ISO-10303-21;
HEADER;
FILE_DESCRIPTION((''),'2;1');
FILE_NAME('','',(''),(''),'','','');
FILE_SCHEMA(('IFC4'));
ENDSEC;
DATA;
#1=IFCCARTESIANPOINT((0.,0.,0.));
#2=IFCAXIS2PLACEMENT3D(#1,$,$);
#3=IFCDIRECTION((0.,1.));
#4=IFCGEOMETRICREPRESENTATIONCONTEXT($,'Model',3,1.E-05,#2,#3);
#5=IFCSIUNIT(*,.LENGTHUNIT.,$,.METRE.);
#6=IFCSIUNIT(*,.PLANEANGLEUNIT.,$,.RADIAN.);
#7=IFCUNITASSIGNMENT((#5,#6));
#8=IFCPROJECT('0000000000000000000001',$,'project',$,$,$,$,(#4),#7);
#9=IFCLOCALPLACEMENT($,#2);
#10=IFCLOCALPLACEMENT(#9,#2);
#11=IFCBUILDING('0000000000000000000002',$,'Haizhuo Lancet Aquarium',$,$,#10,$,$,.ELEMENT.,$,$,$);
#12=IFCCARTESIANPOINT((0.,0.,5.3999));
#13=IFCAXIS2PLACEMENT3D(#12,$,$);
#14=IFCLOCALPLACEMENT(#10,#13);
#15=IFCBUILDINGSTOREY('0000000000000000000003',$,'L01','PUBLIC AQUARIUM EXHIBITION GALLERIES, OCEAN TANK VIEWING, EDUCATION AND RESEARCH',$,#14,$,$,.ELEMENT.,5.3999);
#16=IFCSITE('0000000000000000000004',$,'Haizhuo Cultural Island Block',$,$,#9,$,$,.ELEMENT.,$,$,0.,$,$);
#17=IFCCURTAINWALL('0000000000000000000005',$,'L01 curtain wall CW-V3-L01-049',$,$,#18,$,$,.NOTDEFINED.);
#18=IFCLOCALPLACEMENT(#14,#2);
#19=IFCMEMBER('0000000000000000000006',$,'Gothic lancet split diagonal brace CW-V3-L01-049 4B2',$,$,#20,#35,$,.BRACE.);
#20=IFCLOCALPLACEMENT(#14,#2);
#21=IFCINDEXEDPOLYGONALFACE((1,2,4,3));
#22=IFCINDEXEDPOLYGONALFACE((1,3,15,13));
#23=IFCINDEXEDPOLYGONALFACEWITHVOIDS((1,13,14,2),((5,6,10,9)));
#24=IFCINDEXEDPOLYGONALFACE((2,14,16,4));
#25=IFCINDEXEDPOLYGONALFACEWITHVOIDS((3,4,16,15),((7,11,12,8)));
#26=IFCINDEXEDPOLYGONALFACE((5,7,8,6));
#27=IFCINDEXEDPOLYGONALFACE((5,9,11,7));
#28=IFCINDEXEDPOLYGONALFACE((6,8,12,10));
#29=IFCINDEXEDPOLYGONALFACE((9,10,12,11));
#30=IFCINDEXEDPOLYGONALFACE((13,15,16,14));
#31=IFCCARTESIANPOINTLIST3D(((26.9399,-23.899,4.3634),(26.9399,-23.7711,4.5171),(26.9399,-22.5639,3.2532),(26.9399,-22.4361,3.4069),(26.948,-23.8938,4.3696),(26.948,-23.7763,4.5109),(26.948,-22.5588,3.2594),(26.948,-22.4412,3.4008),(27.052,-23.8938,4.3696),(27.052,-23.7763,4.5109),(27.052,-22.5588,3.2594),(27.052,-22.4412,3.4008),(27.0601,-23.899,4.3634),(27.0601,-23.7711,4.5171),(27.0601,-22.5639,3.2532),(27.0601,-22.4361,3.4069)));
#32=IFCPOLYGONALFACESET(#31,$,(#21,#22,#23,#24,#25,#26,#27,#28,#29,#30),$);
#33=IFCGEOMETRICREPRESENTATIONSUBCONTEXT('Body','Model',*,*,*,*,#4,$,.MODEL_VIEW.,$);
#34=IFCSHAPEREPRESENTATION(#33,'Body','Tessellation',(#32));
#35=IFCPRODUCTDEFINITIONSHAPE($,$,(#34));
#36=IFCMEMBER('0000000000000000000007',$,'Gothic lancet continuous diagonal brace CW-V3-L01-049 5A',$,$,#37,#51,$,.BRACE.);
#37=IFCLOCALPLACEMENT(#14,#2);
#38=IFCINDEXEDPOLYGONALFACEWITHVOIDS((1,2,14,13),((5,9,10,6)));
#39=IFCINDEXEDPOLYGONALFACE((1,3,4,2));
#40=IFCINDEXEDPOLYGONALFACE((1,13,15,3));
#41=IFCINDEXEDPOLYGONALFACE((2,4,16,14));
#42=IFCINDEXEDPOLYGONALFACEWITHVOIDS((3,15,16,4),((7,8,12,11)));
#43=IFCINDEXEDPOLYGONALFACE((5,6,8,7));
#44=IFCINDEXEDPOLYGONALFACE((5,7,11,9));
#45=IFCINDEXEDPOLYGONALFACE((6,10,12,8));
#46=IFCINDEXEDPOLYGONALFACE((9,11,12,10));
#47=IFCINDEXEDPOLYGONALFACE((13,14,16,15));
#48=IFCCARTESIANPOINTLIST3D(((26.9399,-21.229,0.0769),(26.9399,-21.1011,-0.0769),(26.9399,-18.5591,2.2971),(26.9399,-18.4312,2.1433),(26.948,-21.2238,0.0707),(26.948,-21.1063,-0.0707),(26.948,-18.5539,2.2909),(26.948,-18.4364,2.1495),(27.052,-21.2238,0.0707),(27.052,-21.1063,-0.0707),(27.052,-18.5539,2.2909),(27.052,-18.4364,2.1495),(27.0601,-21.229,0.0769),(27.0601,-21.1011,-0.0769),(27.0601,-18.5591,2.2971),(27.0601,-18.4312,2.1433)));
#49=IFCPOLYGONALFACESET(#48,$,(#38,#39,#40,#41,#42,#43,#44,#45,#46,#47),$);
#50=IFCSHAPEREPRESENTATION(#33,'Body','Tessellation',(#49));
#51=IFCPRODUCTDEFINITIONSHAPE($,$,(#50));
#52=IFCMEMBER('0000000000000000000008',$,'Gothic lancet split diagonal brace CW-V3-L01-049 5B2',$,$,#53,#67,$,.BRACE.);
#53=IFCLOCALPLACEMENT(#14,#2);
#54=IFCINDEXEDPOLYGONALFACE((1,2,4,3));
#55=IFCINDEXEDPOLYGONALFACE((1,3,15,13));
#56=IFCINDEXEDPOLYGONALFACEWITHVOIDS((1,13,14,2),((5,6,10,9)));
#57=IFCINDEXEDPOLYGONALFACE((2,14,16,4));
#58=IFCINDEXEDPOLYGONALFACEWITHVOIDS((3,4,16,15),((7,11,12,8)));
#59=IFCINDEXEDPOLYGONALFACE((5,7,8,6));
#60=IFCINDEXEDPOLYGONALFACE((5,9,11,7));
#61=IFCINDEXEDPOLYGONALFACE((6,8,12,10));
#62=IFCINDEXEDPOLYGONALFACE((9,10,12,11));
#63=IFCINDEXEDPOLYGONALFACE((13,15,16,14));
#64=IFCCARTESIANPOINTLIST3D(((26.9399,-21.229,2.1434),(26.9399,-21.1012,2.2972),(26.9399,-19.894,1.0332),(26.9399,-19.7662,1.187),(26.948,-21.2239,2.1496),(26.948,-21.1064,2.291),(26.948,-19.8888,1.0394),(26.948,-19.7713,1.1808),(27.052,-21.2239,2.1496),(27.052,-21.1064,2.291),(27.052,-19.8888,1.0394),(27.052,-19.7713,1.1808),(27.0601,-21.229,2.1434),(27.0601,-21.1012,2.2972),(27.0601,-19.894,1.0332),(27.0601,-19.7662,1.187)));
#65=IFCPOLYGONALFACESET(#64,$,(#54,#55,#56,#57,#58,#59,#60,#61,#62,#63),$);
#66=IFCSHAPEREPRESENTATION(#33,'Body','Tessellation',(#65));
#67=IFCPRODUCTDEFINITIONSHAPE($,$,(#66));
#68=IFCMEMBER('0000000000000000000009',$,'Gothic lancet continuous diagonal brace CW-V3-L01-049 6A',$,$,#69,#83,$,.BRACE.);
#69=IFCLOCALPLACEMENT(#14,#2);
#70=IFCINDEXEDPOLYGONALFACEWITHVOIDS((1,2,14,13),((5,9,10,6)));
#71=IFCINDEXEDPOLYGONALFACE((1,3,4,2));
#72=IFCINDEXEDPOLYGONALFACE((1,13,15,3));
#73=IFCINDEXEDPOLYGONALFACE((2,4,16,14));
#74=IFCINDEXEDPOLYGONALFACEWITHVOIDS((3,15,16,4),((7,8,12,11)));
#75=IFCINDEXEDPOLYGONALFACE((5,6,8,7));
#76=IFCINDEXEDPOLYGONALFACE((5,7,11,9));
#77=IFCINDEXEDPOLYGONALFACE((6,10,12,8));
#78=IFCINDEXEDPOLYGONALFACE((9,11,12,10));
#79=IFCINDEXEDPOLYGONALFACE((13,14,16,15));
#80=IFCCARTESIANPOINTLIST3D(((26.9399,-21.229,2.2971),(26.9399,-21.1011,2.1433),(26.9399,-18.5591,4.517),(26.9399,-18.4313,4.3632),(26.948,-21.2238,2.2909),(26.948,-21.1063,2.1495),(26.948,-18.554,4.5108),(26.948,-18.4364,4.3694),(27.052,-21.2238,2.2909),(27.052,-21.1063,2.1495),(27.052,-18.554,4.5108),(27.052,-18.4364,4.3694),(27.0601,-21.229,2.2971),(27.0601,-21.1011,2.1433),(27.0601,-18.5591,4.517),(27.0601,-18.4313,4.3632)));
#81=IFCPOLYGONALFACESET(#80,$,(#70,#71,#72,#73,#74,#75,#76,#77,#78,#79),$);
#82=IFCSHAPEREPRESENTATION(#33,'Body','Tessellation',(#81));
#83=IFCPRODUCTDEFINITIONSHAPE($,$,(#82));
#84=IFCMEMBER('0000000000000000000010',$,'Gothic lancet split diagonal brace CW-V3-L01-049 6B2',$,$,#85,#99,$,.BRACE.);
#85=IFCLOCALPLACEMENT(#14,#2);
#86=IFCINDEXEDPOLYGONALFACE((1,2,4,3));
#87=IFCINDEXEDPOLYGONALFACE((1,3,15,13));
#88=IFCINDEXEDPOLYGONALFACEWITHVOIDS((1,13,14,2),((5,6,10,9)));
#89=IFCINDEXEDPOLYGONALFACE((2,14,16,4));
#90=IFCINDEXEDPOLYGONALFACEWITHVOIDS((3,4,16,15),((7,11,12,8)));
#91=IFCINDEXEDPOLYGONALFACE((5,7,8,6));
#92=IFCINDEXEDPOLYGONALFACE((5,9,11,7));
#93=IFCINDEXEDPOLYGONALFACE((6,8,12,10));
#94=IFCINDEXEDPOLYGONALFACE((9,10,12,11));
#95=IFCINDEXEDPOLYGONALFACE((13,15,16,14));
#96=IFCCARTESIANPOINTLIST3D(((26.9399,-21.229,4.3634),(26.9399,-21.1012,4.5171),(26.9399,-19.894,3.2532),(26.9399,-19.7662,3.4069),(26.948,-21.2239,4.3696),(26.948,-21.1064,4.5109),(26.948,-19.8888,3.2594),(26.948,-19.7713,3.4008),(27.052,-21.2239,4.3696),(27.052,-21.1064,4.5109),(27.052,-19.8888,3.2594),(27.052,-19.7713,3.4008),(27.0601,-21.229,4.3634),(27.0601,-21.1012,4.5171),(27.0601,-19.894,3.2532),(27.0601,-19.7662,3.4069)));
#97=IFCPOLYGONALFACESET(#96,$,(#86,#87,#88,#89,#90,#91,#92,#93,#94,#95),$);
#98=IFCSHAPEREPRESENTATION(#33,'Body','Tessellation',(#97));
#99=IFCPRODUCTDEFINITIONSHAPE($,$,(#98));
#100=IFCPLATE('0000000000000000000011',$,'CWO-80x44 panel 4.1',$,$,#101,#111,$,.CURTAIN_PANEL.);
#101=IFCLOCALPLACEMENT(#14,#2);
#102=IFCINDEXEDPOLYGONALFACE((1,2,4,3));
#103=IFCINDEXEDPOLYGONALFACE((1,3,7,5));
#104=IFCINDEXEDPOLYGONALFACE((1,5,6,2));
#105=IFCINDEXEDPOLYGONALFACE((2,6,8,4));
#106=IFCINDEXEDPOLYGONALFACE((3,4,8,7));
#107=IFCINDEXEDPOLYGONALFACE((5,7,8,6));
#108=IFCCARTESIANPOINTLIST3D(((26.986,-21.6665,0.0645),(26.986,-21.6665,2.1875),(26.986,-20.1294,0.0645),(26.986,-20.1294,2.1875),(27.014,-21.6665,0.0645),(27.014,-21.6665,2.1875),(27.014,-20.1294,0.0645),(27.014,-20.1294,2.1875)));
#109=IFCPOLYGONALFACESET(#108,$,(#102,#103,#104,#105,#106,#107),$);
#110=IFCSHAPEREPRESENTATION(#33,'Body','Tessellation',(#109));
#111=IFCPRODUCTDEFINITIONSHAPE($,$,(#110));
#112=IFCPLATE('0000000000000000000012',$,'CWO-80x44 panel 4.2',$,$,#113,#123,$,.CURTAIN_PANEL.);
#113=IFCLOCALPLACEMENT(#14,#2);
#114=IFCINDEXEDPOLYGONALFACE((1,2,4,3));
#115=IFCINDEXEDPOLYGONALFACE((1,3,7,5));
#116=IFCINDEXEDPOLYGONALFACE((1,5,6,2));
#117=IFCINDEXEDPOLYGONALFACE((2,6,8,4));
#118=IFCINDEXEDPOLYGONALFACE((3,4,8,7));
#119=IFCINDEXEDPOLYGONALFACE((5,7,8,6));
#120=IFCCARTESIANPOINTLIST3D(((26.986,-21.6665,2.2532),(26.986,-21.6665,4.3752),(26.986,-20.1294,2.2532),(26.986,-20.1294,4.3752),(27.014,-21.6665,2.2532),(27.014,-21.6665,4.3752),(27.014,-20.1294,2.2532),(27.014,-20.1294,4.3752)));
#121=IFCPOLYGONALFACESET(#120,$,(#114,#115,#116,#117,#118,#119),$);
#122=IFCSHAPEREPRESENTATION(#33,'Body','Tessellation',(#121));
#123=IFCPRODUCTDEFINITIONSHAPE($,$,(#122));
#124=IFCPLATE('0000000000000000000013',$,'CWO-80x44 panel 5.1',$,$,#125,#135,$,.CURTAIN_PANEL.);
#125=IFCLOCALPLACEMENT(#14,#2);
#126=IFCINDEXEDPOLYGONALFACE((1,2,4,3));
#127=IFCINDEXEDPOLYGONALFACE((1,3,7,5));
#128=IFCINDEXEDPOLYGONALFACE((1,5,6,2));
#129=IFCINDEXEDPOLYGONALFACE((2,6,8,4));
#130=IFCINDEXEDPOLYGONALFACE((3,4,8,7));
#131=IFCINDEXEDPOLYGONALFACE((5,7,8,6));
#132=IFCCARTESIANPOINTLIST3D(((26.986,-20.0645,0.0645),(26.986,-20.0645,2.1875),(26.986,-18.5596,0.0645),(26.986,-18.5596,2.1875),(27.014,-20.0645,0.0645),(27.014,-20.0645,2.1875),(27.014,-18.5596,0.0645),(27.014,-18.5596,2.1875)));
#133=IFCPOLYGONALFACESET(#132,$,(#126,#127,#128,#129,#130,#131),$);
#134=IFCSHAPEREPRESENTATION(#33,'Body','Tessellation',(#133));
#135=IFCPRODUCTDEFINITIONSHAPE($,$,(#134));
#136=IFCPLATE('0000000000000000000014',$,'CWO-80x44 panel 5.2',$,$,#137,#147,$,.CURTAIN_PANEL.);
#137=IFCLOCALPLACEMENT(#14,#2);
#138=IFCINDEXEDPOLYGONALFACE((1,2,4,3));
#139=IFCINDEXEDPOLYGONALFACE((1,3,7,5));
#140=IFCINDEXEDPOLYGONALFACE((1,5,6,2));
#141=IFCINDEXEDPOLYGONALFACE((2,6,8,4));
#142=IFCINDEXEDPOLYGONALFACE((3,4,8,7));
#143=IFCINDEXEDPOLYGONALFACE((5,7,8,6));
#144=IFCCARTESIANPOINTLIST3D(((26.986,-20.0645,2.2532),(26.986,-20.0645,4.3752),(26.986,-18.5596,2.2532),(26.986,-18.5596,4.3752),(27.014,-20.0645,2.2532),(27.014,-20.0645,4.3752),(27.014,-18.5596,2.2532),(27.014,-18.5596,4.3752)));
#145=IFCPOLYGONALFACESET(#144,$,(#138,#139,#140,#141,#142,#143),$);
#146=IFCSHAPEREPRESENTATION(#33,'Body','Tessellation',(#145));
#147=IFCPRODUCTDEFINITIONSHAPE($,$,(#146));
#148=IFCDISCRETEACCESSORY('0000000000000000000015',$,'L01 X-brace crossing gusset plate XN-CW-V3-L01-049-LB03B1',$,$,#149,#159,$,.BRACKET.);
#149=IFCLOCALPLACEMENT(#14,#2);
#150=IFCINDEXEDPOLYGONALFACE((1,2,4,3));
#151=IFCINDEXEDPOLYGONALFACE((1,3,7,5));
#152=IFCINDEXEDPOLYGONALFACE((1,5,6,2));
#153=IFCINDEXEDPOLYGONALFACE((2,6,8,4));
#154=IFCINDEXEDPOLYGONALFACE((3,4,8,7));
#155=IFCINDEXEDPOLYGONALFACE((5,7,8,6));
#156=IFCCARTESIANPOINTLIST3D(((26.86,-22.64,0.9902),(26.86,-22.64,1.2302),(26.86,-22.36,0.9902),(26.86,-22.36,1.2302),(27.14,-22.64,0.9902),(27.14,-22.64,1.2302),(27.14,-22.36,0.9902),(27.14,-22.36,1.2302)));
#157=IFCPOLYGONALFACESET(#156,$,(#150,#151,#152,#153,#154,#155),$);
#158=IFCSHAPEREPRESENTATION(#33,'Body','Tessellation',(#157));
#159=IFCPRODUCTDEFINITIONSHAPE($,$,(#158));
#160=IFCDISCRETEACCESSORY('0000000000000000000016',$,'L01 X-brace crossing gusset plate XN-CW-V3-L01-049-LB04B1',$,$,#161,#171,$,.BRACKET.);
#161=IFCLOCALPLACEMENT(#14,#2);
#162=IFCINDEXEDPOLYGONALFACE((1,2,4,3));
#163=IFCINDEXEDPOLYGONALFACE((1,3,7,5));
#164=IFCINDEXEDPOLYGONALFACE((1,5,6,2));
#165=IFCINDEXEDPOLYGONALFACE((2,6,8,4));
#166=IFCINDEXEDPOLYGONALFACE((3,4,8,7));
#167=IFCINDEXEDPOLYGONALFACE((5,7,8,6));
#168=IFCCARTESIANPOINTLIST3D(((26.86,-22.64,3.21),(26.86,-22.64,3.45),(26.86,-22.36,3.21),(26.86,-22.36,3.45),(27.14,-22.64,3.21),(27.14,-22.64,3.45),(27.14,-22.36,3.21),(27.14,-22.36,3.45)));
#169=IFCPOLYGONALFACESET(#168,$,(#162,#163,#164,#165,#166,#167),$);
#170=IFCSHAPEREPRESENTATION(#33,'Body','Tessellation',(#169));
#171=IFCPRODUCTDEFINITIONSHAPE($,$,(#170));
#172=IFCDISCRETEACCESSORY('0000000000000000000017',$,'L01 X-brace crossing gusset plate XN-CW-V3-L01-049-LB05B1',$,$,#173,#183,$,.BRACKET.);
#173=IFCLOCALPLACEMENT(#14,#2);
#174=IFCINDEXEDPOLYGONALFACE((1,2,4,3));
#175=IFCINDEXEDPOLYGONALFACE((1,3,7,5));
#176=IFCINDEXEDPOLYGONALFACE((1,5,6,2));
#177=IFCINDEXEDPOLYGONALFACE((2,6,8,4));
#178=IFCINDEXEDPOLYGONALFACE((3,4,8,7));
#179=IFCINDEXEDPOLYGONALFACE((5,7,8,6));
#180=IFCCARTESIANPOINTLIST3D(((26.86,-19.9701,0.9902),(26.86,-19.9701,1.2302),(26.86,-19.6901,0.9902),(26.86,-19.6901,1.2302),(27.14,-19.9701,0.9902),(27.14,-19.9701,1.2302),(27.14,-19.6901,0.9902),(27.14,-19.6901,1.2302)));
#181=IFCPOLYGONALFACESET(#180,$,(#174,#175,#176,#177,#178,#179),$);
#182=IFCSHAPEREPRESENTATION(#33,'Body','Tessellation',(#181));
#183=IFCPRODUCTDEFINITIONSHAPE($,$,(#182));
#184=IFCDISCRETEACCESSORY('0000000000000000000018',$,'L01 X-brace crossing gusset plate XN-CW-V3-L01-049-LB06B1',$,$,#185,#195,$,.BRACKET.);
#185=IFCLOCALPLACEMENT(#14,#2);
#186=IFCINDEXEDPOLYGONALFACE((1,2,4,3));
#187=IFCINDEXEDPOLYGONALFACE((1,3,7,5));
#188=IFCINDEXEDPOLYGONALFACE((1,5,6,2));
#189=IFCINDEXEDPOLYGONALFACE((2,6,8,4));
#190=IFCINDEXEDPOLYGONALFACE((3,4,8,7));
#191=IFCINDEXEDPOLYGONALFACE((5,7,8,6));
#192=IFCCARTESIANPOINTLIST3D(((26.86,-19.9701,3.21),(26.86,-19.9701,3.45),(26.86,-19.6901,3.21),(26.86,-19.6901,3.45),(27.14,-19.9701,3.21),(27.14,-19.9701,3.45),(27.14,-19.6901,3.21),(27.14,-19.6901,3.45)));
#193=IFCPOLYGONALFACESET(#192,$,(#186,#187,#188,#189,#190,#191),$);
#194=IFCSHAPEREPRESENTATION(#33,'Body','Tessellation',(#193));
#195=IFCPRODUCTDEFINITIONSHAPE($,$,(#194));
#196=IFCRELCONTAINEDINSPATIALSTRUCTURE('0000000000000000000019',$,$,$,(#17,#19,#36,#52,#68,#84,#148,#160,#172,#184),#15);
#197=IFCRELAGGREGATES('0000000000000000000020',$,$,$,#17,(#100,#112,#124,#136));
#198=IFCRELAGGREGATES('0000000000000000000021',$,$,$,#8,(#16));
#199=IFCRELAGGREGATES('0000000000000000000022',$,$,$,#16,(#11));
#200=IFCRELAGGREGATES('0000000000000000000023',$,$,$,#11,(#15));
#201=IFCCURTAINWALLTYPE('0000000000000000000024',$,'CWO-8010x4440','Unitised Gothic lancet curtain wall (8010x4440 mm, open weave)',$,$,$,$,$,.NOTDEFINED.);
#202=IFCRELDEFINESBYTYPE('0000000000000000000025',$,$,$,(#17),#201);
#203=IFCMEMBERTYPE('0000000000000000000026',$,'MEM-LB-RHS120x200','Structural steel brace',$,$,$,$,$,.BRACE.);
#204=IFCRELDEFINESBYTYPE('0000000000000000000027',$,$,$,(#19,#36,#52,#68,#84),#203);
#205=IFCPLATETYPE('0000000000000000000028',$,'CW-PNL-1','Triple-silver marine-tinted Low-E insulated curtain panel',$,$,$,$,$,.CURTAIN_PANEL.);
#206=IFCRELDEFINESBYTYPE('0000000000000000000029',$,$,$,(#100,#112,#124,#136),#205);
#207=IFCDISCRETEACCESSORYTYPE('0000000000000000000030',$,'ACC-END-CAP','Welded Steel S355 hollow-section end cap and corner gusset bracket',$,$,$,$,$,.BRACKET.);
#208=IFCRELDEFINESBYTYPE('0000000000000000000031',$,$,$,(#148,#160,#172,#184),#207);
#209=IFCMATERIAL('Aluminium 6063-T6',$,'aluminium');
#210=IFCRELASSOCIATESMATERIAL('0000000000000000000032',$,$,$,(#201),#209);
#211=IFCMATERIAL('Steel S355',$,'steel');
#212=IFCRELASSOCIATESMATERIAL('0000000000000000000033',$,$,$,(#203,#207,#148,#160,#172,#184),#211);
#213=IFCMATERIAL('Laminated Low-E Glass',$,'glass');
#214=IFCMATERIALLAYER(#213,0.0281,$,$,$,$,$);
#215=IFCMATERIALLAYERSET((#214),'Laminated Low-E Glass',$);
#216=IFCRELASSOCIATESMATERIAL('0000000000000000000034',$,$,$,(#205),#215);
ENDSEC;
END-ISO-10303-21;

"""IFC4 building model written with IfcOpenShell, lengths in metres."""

from ifc_helpers import new_model, si_unit, direction, frame, origin, origin_2d, place, context, subcontext, project, spatial, rectangle, hollow_rectangle, extrude, material, layer, layer_set, material_profile, profile_set, type_object, element, aggregate, save


model = new_model("IFC4")

# Units and contexts
model_context = context("Model", 3, precision=1e-05, world=origin(), true_north=direction((0.0, 1.0)))
body_context = subcontext(model_context, "Body", "Model", "MODEL_VIEW")
ifc_project = project(units=[si_unit("LENGTHUNIT", "METRE"), si_unit("PLANEANGLEUNIT", "RADIAN")], contexts=[model_context])

# Site, building, storey
site_placement = place(None, origin())
site = spatial("IfcSite", under=ifc_project, at=site_placement, Name="Haizhuo Cultural Island Block", CompositionType="ELEMENT", RefElevation=0.0)
building_placement = place(site_placement, origin())
building = spatial("IfcBuilding", under=site, at=building_placement, Name="Haizhuo Lancet Aquarium", CompositionType="ELEMENT")
storey_placement = place(building_placement, frame((0.0, 0.0, 5.3999)))
storey = spatial("IfcBuildingStorey", under=building, at=storey_placement, Name="L01", Description="PUBLIC AQUARIUM EXHIBITION GALLERIES, OCEAN TANK VIEWING, EDUCATION AND RESEARCH", CompositionType="ELEMENT", Elevation=5.3999)

# Curtain wall
ifc_material_1 = material(Name="Aluminium 6063-T6", Category="aluminium")
curtain_wall_type = type_object("IfcCurtainWallType", Name="CWO-8010x4440", Description="Unitised Gothic lancet curtain wall (8010x4440 mm, open weave)", PredefinedType="NOTDEFINED", material=ifc_material_1)
curtain_wall_placement = place(storey_placement, origin())
curtain_wall = element("IfcCurtainWall", 1, at=curtain_wall_placement, inside=storey, type_object=curtain_wall_type, Name="L01 curtain wall CW-V3-L01-049", PredefinedType="NOTDEFINED")

# Members
ifc_material_2 = material(Name="Steel S355", Category="steel")
ifc_material_profile_1 = material_profile(ifc_material_2, hollow_rectangle(XDim=0.1201, YDim=0.2, WallThickness=0.0081, at=origin_2d()), Name="RHS 120x200x8")
ifc_profile_set_1 = profile_set([ifc_material_profile_1], Name="Steel S355")
member_type_1 = type_object("IfcMemberType", Name="MEM-LB-RHS120x200", Description="Structural steel brace", PredefinedType="BRACE", material=ifc_profile_set_1)
member_1_placement = place(storey_placement, frame((27.0, -22.5, 3.3301), z_axis=(0.0, -0.768889, 0.639382), x_axis=(1.0, 0.0, 0.0)))
element("IfcMember", 2, at=member_1_placement, inside=storey, type_object=member_type_1, Name="Gothic lancet split diagonal brace CW-V3-L01-049 4B2", PredefinedType="BRACE", context=body_context, shape_type="SweptSolid", body=[
    extrude(hollow_rectangle(XDim=0.1201, YDim=0.2, WallThickness=0.0081, at=origin_2d()), origin(), (0.0, 0.0, 1.0), 1.7363),
])
member_2_placement = place(storey_placement, frame((27.0, -21.165, 0.0), z_axis=(0.0, 0.768889, 0.639382), x_axis=(-1.0, 0.0, 0.0)))
element("IfcMember", 3, at=member_2_placement, inside=storey, type_object=member_type_1, Name="Gothic lancet continuous diagonal brace CW-V3-L01-049 5A", PredefinedType="BRACE", context=body_context, shape_type="SweptSolid", body=[
    extrude(hollow_rectangle(XDim=0.1201, YDim=0.2, WallThickness=0.0081, at=origin_2d()), origin(), (0.0, 0.0, 1.0), 3.4724),
])
member_3_placement = place(storey_placement, frame((27.0, -19.8301, 1.1101), z_axis=(0.0, -0.768889, 0.639382), x_axis=(1.0, 0.0, 0.0)))
element("IfcMember", 4, at=member_3_placement, inside=storey, type_object=member_type_1, Name="Gothic lancet split diagonal brace CW-V3-L01-049 5B2", PredefinedType="BRACE", context=body_context, shape_type="SweptSolid", body=[
    extrude(hollow_rectangle(XDim=0.1201, YDim=0.2, WallThickness=0.0081, at=origin_2d()), origin(), (0.0, 0.0, 1.0), 1.7363),
])
member_4_placement = place(storey_placement, frame((27.0, -21.165, 2.2202), z_axis=(0.0, 0.768924, 0.63934), x_axis=(-1.0, 0.0, 0.0)))
element("IfcMember", 5, at=member_4_placement, inside=storey, type_object=member_type_1, Name="Gothic lancet continuous diagonal brace CW-V3-L01-049 6A", PredefinedType="BRACE", context=body_context, shape_type="SweptSolid", body=[
    extrude(hollow_rectangle(XDim=0.1201, YDim=0.2, WallThickness=0.0081, at=origin_2d()), origin(), (0.0, 0.0, 1.0), 3.4722),
])
member_5_placement = place(storey_placement, frame((27.0, -19.8301, 3.3301), z_axis=(0.0, -0.768889, 0.639382), x_axis=(1.0, 0.0, 0.0)))
element("IfcMember", 6, at=member_5_placement, inside=storey, type_object=member_type_1, Name="Gothic lancet split diagonal brace CW-V3-L01-049 6B2", PredefinedType="BRACE", context=body_context, shape_type="SweptSolid", body=[
    extrude(hollow_rectangle(XDim=0.1201, YDim=0.2, WallThickness=0.0081, at=origin_2d()), origin(), (0.0, 0.0, 1.0), 1.7363),
])

# Plates
ifc_material_3 = material(Name="Laminated Low-E Glass", Category="glass")
ifc_layer = layer(ifc_material_3, 0.0281)
ifc_layer_set = layer_set([ifc_layer], Name="Laminated Low-E Glass")
plate_type = type_object("IfcPlateType", Name="CW-PNL-1", Description="Triple-silver marine-tinted Low-E insulated curtain panel", PredefinedType="CURTAIN_PANEL", material=ifc_layer_set)
plate_1_placement = place(storey_placement, frame((27.0, -20.8979, 0.0645), z_axis=(0.0, 0.0, 1.0), x_axis=(0.0, 1.0, 0.0)))
plate_1 = element("IfcPlate", 7, at=plate_1_placement, type_object=plate_type, Name="CWO-80x44 panel 4.1", PredefinedType="CURTAIN_PANEL", context=body_context, shape_type="SweptSolid", body=[
    extrude(rectangle(XDim=1.5371, YDim=0.0281, at=origin_2d()), origin(), (0.0, 0.0, 1.0), 2.123),
])
plate_2_placement = place(storey_placement, frame((27.0, -20.8979, 2.2532), z_axis=(0.0, 0.0, 1.0), x_axis=(0.0, 1.0, 0.0)))
plate_2 = element("IfcPlate", 8, at=plate_2_placement, type_object=plate_type, Name="CWO-80x44 panel 4.2", PredefinedType="CURTAIN_PANEL", context=body_context, shape_type="SweptSolid", body=[
    extrude(rectangle(XDim=1.5371, YDim=0.0281, at=origin_2d()), origin(), (0.0, 0.0, 1.0), 2.1221),
])
plate_3_placement = place(storey_placement, frame((27.0, -19.312, 0.0645), z_axis=(0.0, 0.0, 1.0), x_axis=(0.0, 1.0, 0.0)))
plate_3 = element("IfcPlate", 9, at=plate_3_placement, type_object=plate_type, Name="CWO-80x44 panel 5.1", PredefinedType="CURTAIN_PANEL", context=body_context, shape_type="SweptSolid", body=[
    extrude(rectangle(XDim=1.5049, YDim=0.0281, at=origin_2d()), origin(), (0.0, 0.0, 1.0), 2.123),
])
plate_4_placement = place(storey_placement, frame((27.0, -19.312, 2.2532), z_axis=(0.0, 0.0, 1.0), x_axis=(0.0, 1.0, 0.0)))
plate_4 = element("IfcPlate", 10, at=plate_4_placement, type_object=plate_type, Name="CWO-80x44 panel 5.2", PredefinedType="CURTAIN_PANEL", context=body_context, shape_type="SweptSolid", body=[
    extrude(rectangle(XDim=1.5049, YDim=0.0281, at=origin_2d()), origin(), (0.0, 0.0, 1.0), 2.1221),
])
aggregate(curtain_wall, [plate_1, plate_2, plate_3, plate_4])

# Discrete accessories
discrete_accessory_type = type_object("IfcDiscreteAccessoryType", Name="ACC-END-CAP", Description="Welded Steel S355 hollow-section end cap and corner gusset bracket", PredefinedType="BRACKET", material=ifc_material_2)
for number, where, z_axis, x_axis, name in (
    (11, (27.0, -22.5, 0.9902), (0.0, 0.0, 1.0), (1.0, 0.0, 0.0), "L01 X-brace crossing gusset plate XN-CW-V3-L01-049-LB03B1"),
    (12, (27.0, -22.5, 3.21), (0.0, 0.0, 1.0), (1.0, 0.0, 0.0), "L01 X-brace crossing gusset plate XN-CW-V3-L01-049-LB04B1"),
    (13, (27.0, -19.8301, 0.9902), (0.0, 0.0, 1.0), (1.0, 0.0, 0.0), "L01 X-brace crossing gusset plate XN-CW-V3-L01-049-LB05B1"),
    (14, (27.0, -19.8301, 3.21), (0.0, 0.0, 1.0), (1.0, 0.0, 0.0), "L01 X-brace crossing gusset plate XN-CW-V3-L01-049-LB06B1"),
):
    element("IfcDiscreteAccessory", number, at=place(storey_placement, frame(where, z_axis=z_axis, x_axis=x_axis)), inside=storey, type_object=discrete_accessory_type, material=ifc_material_2, Name=name, PredefinedType="BRACKET", context=body_context, shape_type="SweptSolid", body=[
        extrude(rectangle(XDim=0.28, YDim=0.28, at=origin_2d()), origin(), (0.0, 0.0, 1.0), 0.24),
    ])

save(model, "model.ifc")
